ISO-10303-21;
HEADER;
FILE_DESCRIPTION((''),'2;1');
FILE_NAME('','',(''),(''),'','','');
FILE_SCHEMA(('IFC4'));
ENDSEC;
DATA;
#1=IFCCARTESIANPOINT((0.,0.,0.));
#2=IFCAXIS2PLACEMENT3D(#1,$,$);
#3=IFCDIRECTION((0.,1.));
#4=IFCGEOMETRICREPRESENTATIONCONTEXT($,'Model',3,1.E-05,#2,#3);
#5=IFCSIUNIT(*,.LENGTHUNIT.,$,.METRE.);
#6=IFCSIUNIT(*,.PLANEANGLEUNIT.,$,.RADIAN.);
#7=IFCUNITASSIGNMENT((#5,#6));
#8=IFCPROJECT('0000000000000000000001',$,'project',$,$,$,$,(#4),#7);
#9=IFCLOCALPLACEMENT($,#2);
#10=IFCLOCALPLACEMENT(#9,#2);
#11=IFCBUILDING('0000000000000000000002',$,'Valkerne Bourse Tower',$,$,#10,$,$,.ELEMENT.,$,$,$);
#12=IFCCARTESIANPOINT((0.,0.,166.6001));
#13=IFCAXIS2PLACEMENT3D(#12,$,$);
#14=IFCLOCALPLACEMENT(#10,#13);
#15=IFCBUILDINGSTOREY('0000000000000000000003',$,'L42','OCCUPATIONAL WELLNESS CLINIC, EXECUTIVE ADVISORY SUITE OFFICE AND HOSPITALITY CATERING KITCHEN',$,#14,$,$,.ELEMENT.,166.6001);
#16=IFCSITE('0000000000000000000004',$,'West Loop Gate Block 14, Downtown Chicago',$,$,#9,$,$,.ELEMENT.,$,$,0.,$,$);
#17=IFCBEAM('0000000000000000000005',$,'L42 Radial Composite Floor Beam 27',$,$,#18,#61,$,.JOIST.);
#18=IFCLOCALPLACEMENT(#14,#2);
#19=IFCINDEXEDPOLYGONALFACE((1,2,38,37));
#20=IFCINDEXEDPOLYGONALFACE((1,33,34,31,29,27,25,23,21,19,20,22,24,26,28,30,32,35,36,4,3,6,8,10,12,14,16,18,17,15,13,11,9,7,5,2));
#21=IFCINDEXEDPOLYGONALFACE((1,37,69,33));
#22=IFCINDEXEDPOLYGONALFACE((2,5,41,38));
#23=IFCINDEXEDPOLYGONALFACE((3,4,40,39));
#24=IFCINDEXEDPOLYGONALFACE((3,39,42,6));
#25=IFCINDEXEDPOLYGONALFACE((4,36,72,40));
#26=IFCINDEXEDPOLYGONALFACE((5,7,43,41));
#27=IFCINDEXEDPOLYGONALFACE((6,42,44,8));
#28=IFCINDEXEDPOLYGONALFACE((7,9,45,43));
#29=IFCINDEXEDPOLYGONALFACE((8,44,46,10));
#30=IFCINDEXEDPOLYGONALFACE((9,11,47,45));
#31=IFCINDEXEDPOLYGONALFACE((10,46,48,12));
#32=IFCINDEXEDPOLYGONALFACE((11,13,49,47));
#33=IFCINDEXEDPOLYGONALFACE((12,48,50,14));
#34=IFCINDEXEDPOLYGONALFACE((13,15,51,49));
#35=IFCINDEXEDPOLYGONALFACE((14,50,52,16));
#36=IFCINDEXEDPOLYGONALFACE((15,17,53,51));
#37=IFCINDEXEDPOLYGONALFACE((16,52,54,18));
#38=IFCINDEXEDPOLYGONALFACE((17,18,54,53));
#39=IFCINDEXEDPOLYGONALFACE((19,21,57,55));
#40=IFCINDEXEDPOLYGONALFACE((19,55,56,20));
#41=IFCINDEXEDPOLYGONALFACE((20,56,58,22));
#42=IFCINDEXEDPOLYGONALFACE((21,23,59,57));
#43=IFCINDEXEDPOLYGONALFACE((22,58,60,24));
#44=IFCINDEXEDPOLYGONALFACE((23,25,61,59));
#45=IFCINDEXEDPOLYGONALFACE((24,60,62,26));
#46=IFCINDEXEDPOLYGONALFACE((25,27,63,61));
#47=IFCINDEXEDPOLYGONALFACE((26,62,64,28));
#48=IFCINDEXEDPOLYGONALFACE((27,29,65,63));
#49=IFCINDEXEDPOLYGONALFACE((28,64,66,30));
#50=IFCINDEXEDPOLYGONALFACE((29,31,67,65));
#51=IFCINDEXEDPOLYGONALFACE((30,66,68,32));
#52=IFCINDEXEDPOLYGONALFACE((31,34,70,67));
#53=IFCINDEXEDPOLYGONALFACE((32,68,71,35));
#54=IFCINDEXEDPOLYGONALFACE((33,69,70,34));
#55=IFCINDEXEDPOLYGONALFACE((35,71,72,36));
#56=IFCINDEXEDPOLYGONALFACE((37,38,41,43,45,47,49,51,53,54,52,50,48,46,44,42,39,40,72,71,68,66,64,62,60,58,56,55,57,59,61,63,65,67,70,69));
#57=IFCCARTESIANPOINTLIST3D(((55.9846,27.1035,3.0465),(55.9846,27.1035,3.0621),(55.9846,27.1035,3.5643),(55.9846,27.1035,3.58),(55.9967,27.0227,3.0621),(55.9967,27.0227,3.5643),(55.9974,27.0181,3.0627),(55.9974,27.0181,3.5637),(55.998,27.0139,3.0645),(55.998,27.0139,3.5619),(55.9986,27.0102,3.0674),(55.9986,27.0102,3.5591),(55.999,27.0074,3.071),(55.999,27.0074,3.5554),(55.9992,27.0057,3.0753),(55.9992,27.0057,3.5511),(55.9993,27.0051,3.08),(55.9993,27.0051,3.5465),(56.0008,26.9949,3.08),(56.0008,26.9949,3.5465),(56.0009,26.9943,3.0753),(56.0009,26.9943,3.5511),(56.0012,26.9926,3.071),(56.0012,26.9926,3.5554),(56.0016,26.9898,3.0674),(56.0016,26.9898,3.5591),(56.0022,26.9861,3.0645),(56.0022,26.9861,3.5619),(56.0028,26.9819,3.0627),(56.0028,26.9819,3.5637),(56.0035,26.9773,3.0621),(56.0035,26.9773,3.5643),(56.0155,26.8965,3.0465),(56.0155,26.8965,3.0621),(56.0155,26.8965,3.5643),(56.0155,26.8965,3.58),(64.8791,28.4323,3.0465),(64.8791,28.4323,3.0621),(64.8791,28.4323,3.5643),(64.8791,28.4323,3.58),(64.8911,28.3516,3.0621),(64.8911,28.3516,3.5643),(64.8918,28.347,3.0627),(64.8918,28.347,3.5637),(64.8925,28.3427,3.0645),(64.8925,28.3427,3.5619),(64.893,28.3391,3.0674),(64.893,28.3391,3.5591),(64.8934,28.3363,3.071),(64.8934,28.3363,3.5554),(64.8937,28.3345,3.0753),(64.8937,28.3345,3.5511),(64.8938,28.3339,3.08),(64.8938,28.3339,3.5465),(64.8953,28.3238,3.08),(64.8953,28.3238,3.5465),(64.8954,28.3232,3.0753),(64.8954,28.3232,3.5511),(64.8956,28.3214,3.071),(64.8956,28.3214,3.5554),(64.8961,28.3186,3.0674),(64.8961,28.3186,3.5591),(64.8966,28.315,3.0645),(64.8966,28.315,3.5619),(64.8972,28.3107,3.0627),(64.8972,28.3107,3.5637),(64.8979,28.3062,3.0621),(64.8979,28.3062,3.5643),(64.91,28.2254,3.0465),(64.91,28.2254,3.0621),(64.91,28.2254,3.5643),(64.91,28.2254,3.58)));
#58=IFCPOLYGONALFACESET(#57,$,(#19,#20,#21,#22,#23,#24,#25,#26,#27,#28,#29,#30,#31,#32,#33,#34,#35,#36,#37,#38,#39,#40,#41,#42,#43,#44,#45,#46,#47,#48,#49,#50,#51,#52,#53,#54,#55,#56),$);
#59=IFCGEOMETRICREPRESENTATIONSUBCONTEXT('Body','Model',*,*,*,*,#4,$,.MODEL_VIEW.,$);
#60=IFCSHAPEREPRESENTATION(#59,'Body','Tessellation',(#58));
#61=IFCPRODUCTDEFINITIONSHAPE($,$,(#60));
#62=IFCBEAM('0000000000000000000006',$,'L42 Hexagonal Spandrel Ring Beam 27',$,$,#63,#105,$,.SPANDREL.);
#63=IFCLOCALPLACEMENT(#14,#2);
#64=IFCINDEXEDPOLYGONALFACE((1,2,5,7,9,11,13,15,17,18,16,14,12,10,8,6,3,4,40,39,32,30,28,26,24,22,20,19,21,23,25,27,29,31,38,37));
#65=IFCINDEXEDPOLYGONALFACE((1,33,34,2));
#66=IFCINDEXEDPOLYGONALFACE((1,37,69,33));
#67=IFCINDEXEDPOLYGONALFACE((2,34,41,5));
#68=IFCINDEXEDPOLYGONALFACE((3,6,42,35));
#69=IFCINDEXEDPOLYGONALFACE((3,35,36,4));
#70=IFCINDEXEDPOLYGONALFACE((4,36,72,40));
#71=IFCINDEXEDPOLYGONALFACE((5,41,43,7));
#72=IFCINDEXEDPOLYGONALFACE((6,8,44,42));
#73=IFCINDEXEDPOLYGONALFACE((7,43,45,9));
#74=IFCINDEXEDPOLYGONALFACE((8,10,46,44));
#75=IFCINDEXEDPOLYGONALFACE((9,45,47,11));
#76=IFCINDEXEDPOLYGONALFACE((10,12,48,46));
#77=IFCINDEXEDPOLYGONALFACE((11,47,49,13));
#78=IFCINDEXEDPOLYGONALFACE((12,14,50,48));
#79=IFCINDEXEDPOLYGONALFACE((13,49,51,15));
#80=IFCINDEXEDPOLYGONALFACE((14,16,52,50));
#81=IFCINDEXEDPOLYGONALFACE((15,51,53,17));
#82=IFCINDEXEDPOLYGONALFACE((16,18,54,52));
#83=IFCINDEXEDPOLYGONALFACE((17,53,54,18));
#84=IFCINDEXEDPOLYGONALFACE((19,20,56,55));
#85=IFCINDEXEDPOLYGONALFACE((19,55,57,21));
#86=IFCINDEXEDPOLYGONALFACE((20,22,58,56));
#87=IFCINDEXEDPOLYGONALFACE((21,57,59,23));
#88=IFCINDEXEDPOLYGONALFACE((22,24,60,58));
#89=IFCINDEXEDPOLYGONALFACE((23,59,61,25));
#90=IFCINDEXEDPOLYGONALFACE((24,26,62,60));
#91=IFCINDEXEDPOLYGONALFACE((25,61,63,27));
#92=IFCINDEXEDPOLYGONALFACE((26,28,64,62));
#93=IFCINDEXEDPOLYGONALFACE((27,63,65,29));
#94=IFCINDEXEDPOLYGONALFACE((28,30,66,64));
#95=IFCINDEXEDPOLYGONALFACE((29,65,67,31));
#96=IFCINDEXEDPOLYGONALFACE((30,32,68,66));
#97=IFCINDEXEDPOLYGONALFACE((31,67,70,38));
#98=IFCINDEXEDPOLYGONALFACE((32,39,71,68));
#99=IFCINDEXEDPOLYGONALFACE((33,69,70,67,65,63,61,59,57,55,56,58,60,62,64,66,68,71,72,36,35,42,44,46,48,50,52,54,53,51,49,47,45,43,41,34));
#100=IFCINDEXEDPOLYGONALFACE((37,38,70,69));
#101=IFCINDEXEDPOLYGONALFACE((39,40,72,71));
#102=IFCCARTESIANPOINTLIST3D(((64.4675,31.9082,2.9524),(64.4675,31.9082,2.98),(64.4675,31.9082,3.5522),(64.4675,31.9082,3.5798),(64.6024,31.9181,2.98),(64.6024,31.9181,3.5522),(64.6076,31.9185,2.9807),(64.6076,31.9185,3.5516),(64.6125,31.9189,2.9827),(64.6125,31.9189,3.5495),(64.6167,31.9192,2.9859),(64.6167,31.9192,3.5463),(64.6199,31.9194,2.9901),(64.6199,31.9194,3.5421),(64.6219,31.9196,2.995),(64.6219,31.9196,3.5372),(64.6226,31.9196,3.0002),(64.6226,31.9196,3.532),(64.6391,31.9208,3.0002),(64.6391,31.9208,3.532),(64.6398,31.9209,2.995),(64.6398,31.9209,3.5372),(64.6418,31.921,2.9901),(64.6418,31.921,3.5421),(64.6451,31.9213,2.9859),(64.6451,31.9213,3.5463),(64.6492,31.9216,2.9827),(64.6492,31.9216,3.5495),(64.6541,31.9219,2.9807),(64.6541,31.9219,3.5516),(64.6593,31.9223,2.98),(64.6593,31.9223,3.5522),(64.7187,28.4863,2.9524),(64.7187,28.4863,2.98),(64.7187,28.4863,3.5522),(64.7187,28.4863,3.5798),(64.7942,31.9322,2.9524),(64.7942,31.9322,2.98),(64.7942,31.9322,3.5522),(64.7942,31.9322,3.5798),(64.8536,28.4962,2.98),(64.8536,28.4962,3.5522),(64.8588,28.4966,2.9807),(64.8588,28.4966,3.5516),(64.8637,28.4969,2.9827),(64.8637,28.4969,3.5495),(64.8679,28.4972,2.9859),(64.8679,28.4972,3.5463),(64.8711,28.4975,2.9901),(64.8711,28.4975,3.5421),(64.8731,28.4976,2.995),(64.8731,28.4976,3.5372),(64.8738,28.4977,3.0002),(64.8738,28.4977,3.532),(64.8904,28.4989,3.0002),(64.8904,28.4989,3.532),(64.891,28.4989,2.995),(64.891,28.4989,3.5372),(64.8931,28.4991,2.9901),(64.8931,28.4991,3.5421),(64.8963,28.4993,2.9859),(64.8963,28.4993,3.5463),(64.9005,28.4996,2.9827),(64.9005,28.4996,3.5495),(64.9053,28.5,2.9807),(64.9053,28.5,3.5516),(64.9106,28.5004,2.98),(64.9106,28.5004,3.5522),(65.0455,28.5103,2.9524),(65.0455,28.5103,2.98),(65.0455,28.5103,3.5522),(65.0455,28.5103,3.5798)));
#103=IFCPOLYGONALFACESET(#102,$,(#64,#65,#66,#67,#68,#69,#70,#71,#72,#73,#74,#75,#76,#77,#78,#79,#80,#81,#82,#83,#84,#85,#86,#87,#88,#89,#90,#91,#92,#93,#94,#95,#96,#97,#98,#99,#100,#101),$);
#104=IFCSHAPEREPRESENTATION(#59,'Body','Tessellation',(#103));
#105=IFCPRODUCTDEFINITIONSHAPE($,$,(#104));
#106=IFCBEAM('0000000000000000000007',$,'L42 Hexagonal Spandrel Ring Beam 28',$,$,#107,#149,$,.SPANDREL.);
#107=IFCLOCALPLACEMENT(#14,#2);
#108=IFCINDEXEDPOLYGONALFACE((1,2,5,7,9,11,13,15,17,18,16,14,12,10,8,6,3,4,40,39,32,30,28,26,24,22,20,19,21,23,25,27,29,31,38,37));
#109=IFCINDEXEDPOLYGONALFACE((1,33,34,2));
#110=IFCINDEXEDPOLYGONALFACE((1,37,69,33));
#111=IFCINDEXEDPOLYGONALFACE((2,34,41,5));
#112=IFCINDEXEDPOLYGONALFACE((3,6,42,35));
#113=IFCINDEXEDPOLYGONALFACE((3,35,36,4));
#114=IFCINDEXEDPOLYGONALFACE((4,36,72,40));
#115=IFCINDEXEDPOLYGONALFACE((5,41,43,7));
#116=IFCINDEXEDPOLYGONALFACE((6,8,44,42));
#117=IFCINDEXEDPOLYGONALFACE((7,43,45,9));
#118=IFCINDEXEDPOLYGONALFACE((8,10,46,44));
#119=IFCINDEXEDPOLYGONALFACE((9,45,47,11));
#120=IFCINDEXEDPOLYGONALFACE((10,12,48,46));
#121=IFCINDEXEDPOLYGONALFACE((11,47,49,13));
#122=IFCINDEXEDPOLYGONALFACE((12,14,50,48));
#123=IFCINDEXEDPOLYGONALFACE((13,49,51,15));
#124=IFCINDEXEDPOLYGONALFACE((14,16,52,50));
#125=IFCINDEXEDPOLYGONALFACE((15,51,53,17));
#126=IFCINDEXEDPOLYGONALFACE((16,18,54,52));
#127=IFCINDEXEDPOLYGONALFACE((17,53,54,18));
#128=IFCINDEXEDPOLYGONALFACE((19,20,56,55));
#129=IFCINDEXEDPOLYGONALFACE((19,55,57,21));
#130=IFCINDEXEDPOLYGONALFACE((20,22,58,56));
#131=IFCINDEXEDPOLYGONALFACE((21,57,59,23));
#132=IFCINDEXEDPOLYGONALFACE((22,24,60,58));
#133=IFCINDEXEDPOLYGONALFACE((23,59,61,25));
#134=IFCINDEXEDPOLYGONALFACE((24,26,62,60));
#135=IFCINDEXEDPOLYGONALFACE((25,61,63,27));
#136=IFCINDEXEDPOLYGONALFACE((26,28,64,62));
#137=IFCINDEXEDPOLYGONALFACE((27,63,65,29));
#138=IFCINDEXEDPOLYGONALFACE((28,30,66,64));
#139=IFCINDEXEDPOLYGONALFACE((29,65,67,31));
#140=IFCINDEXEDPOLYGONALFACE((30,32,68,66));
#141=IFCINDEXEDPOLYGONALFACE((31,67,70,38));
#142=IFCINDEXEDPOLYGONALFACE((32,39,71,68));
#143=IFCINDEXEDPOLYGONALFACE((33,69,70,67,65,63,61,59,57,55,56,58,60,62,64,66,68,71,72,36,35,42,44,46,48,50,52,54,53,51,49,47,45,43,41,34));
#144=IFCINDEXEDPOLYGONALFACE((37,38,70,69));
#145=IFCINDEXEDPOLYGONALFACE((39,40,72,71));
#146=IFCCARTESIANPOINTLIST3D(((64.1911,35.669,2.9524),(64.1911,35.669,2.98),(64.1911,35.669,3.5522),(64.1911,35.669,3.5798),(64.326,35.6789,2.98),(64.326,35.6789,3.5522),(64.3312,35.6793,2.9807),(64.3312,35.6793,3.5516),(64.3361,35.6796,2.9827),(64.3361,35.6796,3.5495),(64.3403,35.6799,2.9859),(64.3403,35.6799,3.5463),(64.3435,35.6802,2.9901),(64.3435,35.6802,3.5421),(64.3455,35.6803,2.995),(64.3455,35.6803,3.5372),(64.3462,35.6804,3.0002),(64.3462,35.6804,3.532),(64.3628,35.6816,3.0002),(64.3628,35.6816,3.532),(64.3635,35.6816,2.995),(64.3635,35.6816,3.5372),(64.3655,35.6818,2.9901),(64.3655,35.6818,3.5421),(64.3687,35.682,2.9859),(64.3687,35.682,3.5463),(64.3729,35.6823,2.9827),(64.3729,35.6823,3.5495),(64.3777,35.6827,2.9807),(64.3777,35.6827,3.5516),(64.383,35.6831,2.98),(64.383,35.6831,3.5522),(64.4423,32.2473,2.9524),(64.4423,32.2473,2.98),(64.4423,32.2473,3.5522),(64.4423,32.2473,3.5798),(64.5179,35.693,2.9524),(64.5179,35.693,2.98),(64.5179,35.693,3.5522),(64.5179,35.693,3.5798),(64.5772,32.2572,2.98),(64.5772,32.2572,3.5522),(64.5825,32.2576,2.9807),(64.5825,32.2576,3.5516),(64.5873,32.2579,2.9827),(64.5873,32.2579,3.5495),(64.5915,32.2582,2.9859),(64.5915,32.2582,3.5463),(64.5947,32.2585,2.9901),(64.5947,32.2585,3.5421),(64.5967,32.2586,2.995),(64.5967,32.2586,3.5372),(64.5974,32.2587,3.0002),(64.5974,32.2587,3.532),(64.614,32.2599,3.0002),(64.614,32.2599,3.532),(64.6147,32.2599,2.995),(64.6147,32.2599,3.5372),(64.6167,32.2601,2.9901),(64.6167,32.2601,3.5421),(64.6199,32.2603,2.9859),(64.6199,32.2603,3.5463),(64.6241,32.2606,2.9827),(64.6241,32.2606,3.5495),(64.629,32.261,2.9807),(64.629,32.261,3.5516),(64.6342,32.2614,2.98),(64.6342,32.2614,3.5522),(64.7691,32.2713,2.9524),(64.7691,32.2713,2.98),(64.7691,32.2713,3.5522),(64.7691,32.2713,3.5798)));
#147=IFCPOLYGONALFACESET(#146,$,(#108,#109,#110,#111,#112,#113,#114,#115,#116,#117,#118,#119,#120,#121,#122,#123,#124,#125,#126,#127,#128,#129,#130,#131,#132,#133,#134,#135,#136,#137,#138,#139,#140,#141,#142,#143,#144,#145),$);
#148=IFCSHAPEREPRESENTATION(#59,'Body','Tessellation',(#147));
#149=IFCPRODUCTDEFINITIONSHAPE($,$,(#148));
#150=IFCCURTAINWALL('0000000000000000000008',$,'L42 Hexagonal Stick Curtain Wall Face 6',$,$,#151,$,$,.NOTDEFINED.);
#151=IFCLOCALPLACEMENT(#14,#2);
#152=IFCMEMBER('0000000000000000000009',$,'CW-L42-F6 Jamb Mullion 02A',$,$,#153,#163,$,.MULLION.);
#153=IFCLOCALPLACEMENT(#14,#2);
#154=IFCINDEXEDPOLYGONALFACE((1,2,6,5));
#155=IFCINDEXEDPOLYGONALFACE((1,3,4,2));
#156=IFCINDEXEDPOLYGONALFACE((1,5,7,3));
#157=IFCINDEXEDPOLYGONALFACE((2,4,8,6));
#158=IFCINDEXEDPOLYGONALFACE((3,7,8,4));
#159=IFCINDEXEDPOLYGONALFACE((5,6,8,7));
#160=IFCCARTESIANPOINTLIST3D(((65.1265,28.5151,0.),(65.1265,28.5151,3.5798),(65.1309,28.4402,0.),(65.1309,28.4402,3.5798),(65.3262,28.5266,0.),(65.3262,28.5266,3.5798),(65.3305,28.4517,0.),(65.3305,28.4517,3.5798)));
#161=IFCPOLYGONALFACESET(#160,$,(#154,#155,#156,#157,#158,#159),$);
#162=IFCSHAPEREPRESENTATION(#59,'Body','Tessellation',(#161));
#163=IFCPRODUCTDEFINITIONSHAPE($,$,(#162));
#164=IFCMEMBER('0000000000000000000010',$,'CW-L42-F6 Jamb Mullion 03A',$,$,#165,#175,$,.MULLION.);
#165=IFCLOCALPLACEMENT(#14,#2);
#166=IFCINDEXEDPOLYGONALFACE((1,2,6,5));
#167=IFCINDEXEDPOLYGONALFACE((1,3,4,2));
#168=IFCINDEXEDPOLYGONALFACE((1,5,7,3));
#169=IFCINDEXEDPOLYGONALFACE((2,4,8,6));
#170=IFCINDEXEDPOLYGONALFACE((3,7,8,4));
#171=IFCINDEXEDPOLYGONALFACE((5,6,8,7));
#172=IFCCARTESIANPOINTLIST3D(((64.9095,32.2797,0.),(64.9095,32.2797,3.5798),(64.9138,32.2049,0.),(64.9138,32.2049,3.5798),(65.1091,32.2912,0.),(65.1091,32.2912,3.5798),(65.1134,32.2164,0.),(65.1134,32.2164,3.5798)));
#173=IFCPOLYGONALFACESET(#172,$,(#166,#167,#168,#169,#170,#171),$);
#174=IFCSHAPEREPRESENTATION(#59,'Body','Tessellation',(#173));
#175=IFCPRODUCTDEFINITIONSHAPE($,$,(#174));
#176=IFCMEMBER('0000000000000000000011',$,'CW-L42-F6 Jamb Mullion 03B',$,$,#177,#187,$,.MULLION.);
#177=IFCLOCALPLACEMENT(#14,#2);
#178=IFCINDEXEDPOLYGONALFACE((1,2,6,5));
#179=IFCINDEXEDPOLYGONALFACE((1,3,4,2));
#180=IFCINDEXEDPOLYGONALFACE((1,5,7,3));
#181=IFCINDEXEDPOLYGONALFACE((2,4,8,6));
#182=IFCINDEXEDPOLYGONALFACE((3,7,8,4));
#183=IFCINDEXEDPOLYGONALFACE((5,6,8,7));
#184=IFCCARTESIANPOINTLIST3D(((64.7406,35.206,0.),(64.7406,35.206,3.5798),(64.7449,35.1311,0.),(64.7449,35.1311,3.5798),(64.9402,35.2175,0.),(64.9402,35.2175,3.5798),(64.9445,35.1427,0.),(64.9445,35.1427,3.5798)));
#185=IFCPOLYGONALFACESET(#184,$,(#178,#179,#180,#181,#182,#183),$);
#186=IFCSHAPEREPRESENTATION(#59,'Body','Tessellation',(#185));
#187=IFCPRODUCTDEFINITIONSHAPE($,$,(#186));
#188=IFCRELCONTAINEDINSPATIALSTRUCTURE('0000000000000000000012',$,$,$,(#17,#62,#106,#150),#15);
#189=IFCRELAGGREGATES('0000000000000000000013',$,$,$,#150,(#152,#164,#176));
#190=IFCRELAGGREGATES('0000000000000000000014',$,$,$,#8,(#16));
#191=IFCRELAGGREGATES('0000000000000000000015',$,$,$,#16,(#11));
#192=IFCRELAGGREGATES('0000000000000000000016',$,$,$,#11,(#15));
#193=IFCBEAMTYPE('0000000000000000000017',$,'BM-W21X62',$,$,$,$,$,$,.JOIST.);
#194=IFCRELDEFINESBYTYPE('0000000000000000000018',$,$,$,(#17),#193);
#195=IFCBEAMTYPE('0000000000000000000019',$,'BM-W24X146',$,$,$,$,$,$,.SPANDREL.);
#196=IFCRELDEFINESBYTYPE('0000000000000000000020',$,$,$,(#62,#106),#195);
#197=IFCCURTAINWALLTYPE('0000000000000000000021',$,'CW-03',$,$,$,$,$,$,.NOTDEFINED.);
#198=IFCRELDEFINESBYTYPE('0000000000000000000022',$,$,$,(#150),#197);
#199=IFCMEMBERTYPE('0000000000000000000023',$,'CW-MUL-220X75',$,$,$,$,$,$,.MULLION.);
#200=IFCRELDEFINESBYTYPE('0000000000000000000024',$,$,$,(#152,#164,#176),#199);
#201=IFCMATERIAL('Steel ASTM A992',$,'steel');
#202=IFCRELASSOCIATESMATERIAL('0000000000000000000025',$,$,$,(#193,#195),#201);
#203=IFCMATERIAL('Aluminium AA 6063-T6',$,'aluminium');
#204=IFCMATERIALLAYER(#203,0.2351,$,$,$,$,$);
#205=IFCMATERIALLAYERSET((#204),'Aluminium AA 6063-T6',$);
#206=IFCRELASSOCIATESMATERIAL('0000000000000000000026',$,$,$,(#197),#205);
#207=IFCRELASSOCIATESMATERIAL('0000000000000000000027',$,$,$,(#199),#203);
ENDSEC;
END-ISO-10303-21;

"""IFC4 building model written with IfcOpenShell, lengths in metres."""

from ifc_helpers import new_model, si_unit, direction, frame, origin, origin_2d, place, context, subcontext, project, spatial, rectangle, i_section, extrude, material, layer, layer_set, material_profile, profile_set, type_object, element, aggregate, save


model = new_model("IFC4")

# Units and contexts
model_context = context("Model", 3, precision=1e-05, world=origin(), true_north=direction((0.0, 1.0)))
body_context = subcontext(model_context, "Body", "Model", "MODEL_VIEW")
ifc_project = project(units=[si_unit("LENGTHUNIT", "METRE"), si_unit("PLANEANGLEUNIT", "RADIAN")], contexts=[model_context])

# Site, building, storey
site_placement = place(None, origin())
site = spatial("IfcSite", under=ifc_project, at=site_placement, Name="West Loop Gate Block 14, Downtown Chicago", CompositionType="ELEMENT", RefElevation=0.0)
building_placement = place(site_placement, origin())
building = spatial("IfcBuilding", under=site, at=building_placement, Name="Valkerne Bourse Tower", CompositionType="ELEMENT")
storey_placement = place(building_placement, frame((0.0, 0.0, 166.6001)))
storey = spatial("IfcBuildingStorey", under=building, at=storey_placement, Name="L42", Description="OCCUPATIONAL WELLNESS CLINIC, EXECUTIVE ADVISORY SUITE OFFICE AND HOSPITALITY CATERING KITCHEN", CompositionType="ELEMENT", Elevation=166.6001)

# Beams
ifc_material_1 = material(Name="Steel ASTM A992", Category="steel")
ifc_material_profile_1 = material_profile(ifc_material_1, i_section(OverallWidth=0.2092, OverallDepth=0.5334, WebThickness=0.0103, FlangeThickness=0.0156, FilletRadius=0.0178, at=origin_2d()), Name="W21X62")
ifc_profile_set_1 = profile_set([ifc_material_profile_1], Name="Steel ASTM A992")
beam_type_1 = type_object("IfcBeamType", Name="BM-W21X62", PredefinedType="JOIST", material=ifc_profile_set_1)
beam_1_placement = place(storey_placement, frame((64.8945, 28.3289, 3.3132), z_axis=(-0.989023, -0.147762, 0.0), x_axis=(0.147762, -0.989023, 0.0)))
element("IfcBeam", 1, at=beam_1_placement, inside=storey, type_object=beam_type_1, Name="L42 Radial Composite Floor Beam 27", PredefinedType="JOIST", context=body_context, shape_type="SweptSolid", body=[
    extrude(i_section(OverallWidth=0.2092, OverallDepth=0.5334, WebThickness=0.0103, FlangeThickness=0.0156, FilletRadius=0.0178, at=origin_2d()), origin(), (0.0, 0.0, 1.0), 8.9932),
])
ifc_material_profile_2 = material_profile(ifc_material_1, i_section(OverallWidth=0.3276, OverallDepth=0.6274, WebThickness=0.0166, FlangeThickness=0.0276, FilletRadius=0.0203, at=origin_2d()), Name="W24X146")
ifc_profile_set_2 = profile_set([ifc_material_profile_2], Name="Steel ASTM A992")
beam_type_2 = type_object("IfcBeamType", Name="BM-W24X146", PredefinedType="SPANDREL", material=ifc_profile_set_2)
beam_2_placement = place(storey_placement, frame((64.8821, 28.4983, 3.2661), z_axis=(-0.073219, 0.997316, 0.0), x_axis=(-0.997316, -0.073219, 0.0)))
element("IfcBeam", 2, at=beam_2_placement, inside=storey, type_object=beam_type_2, Name="L42 Hexagonal Spandrel Ring Beam 27", PredefinedType="SPANDREL", context=body_context, shape_type="SweptSolid", body=[
    extrude(i_section(OverallWidth=0.3276, OverallDepth=0.6274, WebThickness=0.0166, FlangeThickness=0.0276, FilletRadius=0.0203, at=origin_2d()), origin(), (0.0, 0.0, 1.0), 3.4312),
])
beam_3_placement = place(storey_placement, frame((64.6057, 32.2593, 3.2661), z_axis=(-0.073224, 0.997316, 0.0), x_axis=(-0.997316, -0.073224, 0.0)))
element("IfcBeam", 3, at=beam_3_placement, inside=storey, type_object=beam_type_2, Name="L42 Hexagonal Spandrel Ring Beam 28", PredefinedType="SPANDREL", context=body_context, shape_type="SweptSolid", body=[
    extrude(i_section(OverallWidth=0.3276, OverallDepth=0.6274, WebThickness=0.0166, FlangeThickness=0.0276, FilletRadius=0.0203, at=origin_2d()), origin(), (0.0, 0.0, 1.0), 3.4309),
])

# Curtain wall, members
ifc_material_2 = material(Name="Aluminium AA 6063-T6", Category="aluminium")
ifc_layer_1 = layer(ifc_material_2, 0.2351)
ifc_layer_set_1 = layer_set([ifc_layer_1], Name="Aluminium AA 6063-T6")
curtain_wall_type = type_object("IfcCurtainWallType", Name="CW-03", PredefinedType="NOTDEFINED", material=ifc_layer_set_1)
curtain_wall_placement = place(storey_placement, origin())
curtain_wall = element("IfcCurtainWall", 4, at=curtain_wall_placement, inside=storey, type_object=curtain_wall_type, Name="L42 Hexagonal Stick Curtain Wall Face 6", PredefinedType="NOTDEFINED")
ifc_material_profile_3 = material_profile(ifc_material_2, rectangle(XDim=0.075, YDim=0.2, at=origin_2d()), Name="CWM-75X200")
ifc_profile_set_3 = profile_set([ifc_material_profile_3], Name="Aluminium AA 6063-T6")
member_type_1 = type_object("IfcMemberType", Name="CW-MUL-220X75", PredefinedType="MULLION", material=ifc_profile_set_3)
member_1_placement = place(storey_placement, frame((65.2285, 28.4834, 0.0), z_axis=(0.0, 0.0, 1.0), x_axis=(-0.057545, 0.998343, 0.0)))
member_1 = element("IfcMember", 5, at=member_1_placement, type_object=member_type_1, Name="CW-L42-F6 Jamb Mullion 02A", PredefinedType="MULLION", context=body_context, shape_type="SweptSolid", body=[
    extrude(rectangle(XDim=0.075, YDim=0.2, at=origin_2d()), origin(), (0.0, 0.0, 1.0), 3.5798),
])
member_2_placement = place(storey_placement, frame((65.0115, 32.248, 0.0), z_axis=(0.0, 0.0, 1.0), x_axis=(-0.05757, 0.998341, 0.0)))
member_2 = element("IfcMember", 6, at=member_2_placement, type_object=member_type_1, Name="CW-L42-F6 Jamb Mullion 03A", PredefinedType="MULLION", context=body_context, shape_type="SweptSolid", body=[
    extrude(rectangle(XDim=0.075, YDim=0.2, at=origin_2d()), origin(), (0.0, 0.0, 1.0), 3.5798),
])
member_3_placement = place(storey_placement, frame((64.8425, 35.1743, 0.0), z_axis=(0.0, 0.0, 1.0), x_axis=(-0.05757, 0.998341, 0.0)))
member_3 = element("IfcMember", 7, at=member_3_placement, type_object=member_type_1, Name="CW-L42-F6 Jamb Mullion 03B", PredefinedType="MULLION", context=body_context, shape_type="SweptSolid", body=[
    extrude(rectangle(XDim=0.075, YDim=0.2, at=origin_2d()), origin(), (0.0, 0.0, 1.0), 3.5798),
])

aggregate(curtain_wall, [member_1, member_2, member_3])

save(model, "model.ifc")
